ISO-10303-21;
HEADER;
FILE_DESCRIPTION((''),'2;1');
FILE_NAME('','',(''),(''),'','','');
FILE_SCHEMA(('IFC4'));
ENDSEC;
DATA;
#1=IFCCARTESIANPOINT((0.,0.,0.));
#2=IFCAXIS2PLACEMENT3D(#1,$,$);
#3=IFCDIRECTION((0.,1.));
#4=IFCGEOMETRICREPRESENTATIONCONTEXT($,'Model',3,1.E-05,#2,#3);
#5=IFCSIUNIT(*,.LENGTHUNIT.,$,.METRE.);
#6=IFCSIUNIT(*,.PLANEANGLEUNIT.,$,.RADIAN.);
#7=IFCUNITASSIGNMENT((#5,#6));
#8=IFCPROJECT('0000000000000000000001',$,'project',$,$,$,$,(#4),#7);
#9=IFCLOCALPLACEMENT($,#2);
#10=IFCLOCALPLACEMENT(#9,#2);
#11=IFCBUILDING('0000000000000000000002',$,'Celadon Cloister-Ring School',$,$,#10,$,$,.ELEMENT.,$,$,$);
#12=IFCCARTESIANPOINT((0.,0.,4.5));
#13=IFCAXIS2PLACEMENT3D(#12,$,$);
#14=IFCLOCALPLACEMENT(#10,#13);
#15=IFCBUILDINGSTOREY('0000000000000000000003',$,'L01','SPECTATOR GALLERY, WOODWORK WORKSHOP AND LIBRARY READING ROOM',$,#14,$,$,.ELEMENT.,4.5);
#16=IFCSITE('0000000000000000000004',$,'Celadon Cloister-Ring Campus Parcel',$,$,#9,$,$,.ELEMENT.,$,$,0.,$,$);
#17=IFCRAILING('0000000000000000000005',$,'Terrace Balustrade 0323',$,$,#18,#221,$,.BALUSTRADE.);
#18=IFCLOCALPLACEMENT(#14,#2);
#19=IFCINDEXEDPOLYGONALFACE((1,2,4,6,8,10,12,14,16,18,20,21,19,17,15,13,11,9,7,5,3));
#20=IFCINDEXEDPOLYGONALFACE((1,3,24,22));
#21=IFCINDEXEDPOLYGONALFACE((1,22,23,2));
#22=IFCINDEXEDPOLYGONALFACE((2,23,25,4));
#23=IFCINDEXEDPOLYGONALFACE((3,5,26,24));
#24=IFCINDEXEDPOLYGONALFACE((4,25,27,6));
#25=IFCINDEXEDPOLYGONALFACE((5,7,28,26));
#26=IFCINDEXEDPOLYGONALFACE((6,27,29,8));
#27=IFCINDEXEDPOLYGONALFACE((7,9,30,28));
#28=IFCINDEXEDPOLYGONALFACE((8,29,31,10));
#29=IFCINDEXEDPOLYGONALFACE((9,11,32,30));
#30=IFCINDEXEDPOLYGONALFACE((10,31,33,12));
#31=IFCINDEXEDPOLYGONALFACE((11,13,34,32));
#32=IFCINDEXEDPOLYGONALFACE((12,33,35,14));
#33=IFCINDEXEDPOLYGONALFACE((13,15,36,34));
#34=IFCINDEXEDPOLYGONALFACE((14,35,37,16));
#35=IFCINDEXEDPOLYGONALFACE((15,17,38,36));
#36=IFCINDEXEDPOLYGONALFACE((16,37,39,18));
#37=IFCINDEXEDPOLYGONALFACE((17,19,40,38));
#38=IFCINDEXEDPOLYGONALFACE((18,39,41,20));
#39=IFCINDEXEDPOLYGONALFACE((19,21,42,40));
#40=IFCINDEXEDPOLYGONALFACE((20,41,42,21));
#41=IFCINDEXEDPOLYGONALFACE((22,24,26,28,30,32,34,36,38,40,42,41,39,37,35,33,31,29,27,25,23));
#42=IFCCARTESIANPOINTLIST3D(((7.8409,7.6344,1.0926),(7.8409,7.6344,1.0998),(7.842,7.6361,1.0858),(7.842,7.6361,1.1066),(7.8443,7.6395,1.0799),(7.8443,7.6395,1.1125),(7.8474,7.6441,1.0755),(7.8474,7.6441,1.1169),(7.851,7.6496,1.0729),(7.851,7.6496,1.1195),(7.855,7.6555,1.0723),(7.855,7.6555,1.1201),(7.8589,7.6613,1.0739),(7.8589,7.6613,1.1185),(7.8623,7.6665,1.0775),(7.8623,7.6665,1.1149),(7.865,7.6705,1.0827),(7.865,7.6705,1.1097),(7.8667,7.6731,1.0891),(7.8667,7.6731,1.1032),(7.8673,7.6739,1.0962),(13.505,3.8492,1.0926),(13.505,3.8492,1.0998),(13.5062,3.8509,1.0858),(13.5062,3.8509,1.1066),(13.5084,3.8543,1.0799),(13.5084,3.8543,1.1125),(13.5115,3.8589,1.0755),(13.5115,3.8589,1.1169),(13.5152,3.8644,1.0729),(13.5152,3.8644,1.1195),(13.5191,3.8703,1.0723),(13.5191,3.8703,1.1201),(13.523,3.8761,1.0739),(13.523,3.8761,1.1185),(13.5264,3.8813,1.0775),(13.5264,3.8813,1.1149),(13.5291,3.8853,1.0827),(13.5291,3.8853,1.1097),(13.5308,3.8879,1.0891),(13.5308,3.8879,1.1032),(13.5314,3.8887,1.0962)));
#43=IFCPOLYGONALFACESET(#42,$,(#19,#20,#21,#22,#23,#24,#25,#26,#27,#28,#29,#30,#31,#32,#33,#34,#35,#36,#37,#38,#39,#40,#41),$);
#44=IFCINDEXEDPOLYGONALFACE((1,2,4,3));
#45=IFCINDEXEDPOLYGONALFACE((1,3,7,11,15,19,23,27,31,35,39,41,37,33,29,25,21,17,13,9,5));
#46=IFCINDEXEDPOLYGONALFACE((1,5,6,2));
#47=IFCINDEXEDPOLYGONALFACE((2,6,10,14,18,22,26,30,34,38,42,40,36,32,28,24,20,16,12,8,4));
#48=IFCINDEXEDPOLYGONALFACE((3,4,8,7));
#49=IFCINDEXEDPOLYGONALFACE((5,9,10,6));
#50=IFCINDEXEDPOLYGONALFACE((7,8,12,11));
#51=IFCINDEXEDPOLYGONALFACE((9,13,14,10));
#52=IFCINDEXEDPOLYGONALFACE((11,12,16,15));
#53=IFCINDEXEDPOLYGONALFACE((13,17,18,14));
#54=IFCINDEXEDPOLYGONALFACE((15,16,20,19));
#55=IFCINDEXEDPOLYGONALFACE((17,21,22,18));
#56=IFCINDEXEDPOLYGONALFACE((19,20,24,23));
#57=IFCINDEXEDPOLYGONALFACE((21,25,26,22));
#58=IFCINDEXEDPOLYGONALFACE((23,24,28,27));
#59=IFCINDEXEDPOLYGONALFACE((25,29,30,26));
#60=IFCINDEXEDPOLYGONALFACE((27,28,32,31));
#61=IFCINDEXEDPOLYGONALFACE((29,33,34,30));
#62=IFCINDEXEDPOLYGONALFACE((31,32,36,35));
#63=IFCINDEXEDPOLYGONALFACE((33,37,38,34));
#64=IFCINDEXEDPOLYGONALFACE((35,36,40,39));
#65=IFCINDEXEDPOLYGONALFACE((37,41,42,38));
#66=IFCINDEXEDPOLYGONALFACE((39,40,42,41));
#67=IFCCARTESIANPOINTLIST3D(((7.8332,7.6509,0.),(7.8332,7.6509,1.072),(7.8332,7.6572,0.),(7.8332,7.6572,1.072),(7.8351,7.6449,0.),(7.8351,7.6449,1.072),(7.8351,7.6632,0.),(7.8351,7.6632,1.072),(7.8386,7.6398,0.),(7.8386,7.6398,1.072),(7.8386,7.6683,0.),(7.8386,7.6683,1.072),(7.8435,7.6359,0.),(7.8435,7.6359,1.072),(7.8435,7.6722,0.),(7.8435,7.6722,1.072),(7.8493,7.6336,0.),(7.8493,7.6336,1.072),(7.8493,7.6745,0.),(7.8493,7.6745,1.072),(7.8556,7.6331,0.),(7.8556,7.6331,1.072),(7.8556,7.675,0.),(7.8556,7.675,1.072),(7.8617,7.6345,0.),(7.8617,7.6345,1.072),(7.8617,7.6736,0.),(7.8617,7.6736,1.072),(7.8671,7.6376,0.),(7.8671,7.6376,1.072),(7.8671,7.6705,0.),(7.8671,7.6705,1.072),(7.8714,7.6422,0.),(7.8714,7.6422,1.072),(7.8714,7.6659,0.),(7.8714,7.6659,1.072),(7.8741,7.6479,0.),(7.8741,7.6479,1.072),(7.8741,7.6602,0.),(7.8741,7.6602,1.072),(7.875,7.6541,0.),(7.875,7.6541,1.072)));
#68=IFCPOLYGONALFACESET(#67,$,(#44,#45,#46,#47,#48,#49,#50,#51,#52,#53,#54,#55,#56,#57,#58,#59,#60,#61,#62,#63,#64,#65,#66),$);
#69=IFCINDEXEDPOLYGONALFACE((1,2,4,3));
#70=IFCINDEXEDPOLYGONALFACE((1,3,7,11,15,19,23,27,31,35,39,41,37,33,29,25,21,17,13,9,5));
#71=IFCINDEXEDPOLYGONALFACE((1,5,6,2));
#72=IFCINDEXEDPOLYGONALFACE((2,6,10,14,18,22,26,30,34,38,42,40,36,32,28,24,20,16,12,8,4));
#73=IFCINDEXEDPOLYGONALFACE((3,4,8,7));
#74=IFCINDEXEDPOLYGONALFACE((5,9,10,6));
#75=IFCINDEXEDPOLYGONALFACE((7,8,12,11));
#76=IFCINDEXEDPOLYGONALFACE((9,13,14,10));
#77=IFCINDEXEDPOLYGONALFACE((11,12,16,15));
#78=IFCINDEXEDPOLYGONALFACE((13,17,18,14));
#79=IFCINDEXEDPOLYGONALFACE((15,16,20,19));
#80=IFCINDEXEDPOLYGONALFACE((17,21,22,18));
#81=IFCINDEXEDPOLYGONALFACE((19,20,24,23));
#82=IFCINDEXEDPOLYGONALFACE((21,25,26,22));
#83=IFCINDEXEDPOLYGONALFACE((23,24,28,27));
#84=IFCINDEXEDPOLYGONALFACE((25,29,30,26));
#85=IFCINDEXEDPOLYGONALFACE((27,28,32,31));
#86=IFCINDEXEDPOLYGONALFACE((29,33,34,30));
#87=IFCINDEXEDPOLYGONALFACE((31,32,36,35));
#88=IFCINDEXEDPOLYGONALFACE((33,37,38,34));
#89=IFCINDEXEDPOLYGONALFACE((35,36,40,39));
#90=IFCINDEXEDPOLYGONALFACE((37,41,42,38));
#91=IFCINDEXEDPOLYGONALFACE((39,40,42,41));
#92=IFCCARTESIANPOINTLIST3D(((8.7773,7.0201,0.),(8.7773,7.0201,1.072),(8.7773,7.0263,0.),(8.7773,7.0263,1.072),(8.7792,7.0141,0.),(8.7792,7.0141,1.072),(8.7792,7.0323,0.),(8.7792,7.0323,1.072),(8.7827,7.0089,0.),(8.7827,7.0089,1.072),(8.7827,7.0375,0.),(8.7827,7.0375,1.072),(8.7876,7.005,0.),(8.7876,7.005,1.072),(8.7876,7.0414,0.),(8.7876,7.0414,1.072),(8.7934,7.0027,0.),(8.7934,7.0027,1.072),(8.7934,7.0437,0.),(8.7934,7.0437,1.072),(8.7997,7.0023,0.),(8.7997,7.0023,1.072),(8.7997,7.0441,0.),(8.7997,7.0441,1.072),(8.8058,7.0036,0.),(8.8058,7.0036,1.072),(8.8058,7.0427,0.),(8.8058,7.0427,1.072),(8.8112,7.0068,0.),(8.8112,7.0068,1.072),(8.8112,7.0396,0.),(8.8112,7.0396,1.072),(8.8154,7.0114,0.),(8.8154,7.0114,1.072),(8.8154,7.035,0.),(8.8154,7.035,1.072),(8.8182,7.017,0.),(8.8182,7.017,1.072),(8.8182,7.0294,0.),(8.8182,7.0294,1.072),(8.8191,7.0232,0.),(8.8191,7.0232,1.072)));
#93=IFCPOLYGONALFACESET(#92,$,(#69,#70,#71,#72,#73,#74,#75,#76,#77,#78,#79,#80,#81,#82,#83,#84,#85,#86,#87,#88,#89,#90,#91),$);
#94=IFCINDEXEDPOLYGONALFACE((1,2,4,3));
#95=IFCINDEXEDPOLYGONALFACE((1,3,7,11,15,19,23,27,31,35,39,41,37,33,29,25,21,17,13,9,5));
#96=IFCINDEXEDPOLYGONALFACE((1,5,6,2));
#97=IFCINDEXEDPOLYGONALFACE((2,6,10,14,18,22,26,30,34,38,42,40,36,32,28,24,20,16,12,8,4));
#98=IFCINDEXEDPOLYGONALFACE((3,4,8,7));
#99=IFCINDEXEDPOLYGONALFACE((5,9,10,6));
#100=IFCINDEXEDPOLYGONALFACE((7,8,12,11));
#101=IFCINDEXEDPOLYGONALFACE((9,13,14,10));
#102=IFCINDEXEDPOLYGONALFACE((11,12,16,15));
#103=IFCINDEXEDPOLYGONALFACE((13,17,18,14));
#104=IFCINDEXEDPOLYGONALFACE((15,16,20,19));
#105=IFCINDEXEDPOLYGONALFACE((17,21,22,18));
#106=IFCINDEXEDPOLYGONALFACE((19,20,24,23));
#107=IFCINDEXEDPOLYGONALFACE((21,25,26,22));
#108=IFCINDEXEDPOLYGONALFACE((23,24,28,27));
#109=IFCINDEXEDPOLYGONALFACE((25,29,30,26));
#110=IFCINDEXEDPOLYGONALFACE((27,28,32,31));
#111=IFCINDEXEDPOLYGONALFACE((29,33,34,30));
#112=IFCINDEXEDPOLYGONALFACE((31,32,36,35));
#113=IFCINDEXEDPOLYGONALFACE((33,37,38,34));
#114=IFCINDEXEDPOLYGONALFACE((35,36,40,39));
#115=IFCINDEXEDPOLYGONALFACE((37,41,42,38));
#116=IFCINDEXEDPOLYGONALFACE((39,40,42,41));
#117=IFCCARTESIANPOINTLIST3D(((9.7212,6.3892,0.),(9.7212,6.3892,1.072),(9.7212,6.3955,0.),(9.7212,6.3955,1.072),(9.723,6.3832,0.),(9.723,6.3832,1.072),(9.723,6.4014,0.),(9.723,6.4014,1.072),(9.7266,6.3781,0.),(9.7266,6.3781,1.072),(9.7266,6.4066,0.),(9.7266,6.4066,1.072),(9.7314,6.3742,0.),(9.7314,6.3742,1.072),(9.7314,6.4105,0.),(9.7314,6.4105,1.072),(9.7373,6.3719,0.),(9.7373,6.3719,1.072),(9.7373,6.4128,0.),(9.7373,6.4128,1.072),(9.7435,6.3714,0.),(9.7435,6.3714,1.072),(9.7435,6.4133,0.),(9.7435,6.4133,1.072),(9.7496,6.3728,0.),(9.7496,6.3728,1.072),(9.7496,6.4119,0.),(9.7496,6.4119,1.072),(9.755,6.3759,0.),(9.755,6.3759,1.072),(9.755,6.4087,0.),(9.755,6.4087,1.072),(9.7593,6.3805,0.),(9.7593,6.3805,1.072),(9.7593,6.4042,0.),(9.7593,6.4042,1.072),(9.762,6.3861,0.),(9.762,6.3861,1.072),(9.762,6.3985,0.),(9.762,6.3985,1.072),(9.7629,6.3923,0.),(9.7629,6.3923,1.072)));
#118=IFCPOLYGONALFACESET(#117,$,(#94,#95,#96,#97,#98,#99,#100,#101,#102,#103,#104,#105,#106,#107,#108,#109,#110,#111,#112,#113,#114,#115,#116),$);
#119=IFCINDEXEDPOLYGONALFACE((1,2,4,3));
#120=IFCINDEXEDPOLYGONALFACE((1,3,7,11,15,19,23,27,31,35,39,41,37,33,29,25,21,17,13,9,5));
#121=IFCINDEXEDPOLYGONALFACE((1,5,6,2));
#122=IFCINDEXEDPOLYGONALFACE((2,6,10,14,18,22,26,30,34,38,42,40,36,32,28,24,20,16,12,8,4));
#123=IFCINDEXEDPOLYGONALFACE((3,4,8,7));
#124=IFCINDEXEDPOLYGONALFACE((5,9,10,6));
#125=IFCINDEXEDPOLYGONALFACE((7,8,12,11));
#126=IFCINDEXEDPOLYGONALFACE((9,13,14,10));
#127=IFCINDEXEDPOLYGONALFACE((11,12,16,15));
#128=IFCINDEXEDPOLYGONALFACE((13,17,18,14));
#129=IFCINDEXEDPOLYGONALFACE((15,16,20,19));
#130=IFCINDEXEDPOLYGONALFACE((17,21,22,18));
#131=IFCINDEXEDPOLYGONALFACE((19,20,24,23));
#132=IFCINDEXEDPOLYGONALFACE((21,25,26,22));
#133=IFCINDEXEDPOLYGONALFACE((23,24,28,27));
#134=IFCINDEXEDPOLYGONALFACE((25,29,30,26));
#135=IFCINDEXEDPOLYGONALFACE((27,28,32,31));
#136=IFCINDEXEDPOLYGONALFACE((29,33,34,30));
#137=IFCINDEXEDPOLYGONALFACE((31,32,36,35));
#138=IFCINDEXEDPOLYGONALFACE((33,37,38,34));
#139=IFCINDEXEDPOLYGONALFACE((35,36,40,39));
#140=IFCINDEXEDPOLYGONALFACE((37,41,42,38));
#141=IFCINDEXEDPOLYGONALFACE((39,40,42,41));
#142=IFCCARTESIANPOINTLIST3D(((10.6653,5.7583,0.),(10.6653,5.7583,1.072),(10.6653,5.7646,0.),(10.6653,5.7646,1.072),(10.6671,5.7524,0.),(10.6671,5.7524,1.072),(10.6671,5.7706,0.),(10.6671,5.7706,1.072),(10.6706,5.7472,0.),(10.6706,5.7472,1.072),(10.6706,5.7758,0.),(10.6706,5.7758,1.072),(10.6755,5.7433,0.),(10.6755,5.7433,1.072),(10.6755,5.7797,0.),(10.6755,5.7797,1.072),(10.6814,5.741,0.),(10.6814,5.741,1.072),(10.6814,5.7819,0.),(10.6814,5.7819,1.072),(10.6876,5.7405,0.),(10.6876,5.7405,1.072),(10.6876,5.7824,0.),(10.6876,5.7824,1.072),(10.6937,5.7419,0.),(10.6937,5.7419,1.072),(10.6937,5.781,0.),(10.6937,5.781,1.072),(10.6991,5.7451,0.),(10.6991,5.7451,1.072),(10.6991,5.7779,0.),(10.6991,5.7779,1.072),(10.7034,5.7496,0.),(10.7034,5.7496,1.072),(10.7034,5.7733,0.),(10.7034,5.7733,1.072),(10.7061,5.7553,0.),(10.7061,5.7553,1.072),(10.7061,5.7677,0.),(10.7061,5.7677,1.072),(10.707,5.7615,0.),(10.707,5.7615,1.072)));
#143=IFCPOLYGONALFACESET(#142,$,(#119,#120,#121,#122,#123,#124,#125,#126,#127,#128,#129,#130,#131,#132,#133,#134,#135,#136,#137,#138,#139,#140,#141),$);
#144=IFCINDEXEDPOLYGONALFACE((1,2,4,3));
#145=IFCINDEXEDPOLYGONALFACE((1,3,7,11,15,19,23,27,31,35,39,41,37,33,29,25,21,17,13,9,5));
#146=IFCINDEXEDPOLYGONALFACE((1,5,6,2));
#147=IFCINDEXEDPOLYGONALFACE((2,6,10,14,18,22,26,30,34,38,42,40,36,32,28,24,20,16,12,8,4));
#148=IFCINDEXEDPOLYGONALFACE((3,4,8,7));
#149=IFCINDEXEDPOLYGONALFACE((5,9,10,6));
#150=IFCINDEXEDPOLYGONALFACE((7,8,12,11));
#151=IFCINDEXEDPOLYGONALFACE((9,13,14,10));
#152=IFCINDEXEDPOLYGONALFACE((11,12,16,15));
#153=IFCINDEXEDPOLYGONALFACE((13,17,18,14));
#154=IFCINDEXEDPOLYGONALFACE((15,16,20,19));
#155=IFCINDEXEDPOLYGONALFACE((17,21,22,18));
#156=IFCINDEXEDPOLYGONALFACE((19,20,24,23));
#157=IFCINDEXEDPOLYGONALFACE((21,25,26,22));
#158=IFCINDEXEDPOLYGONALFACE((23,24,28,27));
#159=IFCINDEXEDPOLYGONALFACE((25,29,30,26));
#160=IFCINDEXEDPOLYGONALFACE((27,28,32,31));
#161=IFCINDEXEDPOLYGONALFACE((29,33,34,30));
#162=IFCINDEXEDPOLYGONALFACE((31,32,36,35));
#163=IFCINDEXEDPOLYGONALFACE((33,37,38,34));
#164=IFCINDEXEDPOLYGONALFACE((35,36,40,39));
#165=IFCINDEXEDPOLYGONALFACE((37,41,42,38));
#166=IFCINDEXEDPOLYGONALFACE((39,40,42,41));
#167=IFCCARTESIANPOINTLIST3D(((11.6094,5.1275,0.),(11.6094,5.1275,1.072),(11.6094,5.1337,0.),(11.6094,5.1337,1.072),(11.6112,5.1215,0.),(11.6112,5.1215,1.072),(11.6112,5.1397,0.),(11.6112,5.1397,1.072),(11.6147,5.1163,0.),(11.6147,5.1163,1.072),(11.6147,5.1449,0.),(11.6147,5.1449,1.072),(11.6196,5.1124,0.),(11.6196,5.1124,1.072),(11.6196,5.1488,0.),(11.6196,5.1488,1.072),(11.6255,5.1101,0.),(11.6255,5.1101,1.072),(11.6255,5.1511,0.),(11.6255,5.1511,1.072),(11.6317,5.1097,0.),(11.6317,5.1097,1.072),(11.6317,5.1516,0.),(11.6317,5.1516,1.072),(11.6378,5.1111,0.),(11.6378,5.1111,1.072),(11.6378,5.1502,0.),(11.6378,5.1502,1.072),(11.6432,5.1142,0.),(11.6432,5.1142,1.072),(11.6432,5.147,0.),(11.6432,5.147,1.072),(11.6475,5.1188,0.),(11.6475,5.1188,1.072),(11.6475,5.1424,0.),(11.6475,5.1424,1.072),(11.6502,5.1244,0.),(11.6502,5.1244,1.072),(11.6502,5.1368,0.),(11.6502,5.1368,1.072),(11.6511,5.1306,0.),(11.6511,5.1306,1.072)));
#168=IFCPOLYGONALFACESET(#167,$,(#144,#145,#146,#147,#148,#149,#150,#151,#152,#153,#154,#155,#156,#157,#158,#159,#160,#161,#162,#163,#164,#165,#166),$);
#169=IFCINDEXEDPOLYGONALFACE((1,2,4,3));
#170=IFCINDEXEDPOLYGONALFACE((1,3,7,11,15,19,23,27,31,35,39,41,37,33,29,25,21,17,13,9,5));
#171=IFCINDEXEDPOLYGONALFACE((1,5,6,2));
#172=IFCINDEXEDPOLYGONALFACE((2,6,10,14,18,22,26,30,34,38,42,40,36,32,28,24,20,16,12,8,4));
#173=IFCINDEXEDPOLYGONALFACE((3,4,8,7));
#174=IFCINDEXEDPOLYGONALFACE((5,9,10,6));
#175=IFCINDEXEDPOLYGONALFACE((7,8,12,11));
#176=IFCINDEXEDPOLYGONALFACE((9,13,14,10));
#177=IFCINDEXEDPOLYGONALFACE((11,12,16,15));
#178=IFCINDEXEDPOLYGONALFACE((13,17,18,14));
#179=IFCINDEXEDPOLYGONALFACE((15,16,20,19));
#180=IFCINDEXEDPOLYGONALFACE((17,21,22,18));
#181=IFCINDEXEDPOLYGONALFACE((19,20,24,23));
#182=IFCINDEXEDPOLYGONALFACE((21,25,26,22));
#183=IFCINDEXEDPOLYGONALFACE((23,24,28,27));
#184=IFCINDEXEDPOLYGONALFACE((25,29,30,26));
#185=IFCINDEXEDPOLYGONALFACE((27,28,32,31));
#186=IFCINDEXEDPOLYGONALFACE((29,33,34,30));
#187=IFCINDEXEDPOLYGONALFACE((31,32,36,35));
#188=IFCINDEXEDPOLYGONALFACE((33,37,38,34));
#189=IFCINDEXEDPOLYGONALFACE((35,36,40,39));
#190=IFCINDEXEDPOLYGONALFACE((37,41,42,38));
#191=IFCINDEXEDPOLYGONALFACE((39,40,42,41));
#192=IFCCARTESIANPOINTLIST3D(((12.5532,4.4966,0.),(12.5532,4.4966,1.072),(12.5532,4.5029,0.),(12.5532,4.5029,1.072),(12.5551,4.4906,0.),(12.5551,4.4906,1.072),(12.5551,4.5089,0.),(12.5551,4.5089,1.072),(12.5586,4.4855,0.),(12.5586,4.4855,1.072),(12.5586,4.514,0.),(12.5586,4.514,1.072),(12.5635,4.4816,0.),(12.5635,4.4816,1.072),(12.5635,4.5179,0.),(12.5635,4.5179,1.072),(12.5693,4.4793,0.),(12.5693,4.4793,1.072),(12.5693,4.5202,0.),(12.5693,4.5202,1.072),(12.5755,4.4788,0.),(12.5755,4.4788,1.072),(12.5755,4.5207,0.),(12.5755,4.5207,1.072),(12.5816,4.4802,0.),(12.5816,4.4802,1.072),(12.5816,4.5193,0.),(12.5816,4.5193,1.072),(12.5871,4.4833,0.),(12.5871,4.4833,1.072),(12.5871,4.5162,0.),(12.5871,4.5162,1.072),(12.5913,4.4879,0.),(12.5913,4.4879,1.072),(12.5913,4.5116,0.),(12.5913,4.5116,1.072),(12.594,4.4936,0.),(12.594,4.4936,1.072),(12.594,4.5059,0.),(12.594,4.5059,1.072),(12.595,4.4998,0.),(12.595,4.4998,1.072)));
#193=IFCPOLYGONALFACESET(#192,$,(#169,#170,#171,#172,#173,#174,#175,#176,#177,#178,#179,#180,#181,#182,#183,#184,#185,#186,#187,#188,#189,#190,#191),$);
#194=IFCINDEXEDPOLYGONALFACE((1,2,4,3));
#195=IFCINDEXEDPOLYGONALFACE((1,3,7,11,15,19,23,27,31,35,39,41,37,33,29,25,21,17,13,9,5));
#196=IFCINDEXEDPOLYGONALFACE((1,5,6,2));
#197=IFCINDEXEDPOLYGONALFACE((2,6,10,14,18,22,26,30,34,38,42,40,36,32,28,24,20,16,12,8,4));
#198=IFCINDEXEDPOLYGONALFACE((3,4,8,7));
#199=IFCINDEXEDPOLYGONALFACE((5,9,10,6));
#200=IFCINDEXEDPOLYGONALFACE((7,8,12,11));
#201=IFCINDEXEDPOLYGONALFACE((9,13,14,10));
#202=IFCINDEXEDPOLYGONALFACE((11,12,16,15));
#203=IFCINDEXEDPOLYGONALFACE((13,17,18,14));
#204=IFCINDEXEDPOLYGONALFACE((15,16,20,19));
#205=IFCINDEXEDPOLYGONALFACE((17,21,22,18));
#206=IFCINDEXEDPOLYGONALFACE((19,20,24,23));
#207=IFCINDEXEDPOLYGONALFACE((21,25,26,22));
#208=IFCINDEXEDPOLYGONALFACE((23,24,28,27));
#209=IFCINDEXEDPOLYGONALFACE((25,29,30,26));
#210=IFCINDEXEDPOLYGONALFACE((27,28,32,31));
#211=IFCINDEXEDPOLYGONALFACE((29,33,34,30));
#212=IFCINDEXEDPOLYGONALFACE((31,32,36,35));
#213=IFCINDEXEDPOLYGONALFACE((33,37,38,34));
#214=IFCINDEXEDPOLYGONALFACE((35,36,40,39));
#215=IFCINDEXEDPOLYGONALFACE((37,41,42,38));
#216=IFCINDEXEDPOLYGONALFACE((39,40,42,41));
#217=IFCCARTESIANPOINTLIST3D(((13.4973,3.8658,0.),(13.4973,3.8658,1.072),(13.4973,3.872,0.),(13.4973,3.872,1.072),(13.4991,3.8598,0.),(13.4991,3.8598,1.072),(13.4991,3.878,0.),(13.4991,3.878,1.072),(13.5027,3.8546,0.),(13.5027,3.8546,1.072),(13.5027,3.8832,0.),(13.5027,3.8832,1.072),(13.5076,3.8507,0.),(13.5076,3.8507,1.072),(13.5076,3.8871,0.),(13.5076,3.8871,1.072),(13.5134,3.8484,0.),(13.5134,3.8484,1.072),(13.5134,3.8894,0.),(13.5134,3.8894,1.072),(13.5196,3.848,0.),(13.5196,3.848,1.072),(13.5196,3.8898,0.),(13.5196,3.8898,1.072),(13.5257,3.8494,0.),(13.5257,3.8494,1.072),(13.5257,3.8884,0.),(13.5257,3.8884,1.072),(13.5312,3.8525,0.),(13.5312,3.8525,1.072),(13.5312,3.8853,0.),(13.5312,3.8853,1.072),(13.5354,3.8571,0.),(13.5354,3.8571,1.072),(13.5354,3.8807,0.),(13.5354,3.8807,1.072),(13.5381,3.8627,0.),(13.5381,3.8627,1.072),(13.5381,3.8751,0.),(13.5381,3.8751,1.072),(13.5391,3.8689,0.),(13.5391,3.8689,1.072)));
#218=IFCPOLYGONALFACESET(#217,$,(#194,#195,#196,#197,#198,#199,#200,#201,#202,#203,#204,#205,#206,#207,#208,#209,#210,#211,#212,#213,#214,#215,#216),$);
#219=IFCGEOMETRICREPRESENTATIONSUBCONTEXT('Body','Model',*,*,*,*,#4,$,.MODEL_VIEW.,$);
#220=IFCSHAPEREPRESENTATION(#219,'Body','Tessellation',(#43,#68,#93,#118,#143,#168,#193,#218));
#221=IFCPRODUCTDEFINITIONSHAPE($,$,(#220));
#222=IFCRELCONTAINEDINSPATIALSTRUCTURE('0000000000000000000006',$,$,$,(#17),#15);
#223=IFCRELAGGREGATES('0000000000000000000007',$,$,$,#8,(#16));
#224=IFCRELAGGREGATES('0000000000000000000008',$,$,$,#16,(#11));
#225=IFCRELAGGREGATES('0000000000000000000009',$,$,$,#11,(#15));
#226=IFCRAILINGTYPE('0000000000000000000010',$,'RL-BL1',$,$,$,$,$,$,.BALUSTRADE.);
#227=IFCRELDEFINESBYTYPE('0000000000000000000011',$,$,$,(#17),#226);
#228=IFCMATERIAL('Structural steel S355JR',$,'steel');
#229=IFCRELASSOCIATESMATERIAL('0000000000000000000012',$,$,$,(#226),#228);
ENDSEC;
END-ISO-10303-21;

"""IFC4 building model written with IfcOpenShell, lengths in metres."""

from ifc_helpers import new_model, si_unit, direction, frame, origin, origin_2d, place, context, subcontext, project, spatial, circle, extrude, material, type_object, element, save


model = new_model("IFC4")

# Units and contexts
model_context = context("Model", 3, precision=1e-05, world=origin(), true_north=direction((0.0, 1.0)))
body_context = subcontext(model_context, "Body", "Model", "MODEL_VIEW")
ifc_project = project(units=[si_unit("LENGTHUNIT", "METRE"), si_unit("PLANEANGLEUNIT", "RADIAN")], contexts=[model_context])

# Site, building, storey
site_placement = place(None, origin())
site = spatial("IfcSite", under=ifc_project, at=site_placement, Name="Celadon Cloister-Ring Campus Parcel", CompositionType="ELEMENT", RefElevation=0.0)
building_placement = place(site_placement, origin())
building = spatial("IfcBuilding", under=site, at=building_placement, Name="Celadon Cloister-Ring School", CompositionType="ELEMENT")
storey_placement = place(building_placement, frame((0.0, 0.0, 4.5)))
storey = spatial("IfcBuildingStorey", under=building, at=storey_placement, Name="L01", Description="SPECTATOR GALLERY, WOODWORK WORKSHOP AND LIBRARY READING ROOM", CompositionType="ELEMENT", Elevation=4.5)

# Railing
ifc_material_1 = material(Name="Structural steel S355JR", Category="steel")
railing_type = type_object("IfcRailingType", Name="RL-BL1", PredefinedType="BALUSTRADE", material=ifc_material_1)
railing_1_placement = place(storey_placement, frame((7.854, 7.6541, 0.0)))
element("IfcRailing", 1, at=railing_1_placement, inside=storey, type_object=railing_type, Name="Terrace Balustrade 0323", PredefinedType="BALUSTRADE", context=body_context, shape_type="SweptSolid", body=[
    extrude(circle(Radius=0.0239, at=origin_2d()), frame((0.0, 0.0, 1.0962), z_axis=(0.831432, -0.555626, 0.0), x_axis=(0.555626, 0.831432, 0.0)), (0.0, 0.0, 1.0), 6.8125),
    extrude(circle(Radius=0.021, at=origin_2d()), origin(), (0.0, 0.0, 1.0), 1.072),
    extrude(circle(Radius=0.021, at=origin_2d()), frame((0.9441, -0.6309, 0.0)), (0.0, 0.0, 1.0), 1.072),
    extrude(circle(Radius=0.021, at=origin_2d()), frame((1.8879, -1.2617, 0.0)), (0.0, 0.0, 1.0), 1.072),
    extrude(circle(Radius=0.021, at=origin_2d()), frame((2.832, -1.8926, 0.0)), (0.0, 0.0, 1.0), 1.072),
    extrude(circle(Radius=0.021, at=origin_2d()), frame((3.7761, -2.5234, 0.0)), (0.0, 0.0, 1.0), 1.072),
    extrude(circle(Radius=0.021, at=origin_2d()), frame((4.72, -3.1543, 0.0)), (0.0, 0.0, 1.0), 1.072),
    extrude(circle(Radius=0.021, at=origin_2d()), frame((5.6641, -3.7852, 0.0)), (0.0, 0.0, 1.0), 1.072),
])

save(model, "model.ifc")
